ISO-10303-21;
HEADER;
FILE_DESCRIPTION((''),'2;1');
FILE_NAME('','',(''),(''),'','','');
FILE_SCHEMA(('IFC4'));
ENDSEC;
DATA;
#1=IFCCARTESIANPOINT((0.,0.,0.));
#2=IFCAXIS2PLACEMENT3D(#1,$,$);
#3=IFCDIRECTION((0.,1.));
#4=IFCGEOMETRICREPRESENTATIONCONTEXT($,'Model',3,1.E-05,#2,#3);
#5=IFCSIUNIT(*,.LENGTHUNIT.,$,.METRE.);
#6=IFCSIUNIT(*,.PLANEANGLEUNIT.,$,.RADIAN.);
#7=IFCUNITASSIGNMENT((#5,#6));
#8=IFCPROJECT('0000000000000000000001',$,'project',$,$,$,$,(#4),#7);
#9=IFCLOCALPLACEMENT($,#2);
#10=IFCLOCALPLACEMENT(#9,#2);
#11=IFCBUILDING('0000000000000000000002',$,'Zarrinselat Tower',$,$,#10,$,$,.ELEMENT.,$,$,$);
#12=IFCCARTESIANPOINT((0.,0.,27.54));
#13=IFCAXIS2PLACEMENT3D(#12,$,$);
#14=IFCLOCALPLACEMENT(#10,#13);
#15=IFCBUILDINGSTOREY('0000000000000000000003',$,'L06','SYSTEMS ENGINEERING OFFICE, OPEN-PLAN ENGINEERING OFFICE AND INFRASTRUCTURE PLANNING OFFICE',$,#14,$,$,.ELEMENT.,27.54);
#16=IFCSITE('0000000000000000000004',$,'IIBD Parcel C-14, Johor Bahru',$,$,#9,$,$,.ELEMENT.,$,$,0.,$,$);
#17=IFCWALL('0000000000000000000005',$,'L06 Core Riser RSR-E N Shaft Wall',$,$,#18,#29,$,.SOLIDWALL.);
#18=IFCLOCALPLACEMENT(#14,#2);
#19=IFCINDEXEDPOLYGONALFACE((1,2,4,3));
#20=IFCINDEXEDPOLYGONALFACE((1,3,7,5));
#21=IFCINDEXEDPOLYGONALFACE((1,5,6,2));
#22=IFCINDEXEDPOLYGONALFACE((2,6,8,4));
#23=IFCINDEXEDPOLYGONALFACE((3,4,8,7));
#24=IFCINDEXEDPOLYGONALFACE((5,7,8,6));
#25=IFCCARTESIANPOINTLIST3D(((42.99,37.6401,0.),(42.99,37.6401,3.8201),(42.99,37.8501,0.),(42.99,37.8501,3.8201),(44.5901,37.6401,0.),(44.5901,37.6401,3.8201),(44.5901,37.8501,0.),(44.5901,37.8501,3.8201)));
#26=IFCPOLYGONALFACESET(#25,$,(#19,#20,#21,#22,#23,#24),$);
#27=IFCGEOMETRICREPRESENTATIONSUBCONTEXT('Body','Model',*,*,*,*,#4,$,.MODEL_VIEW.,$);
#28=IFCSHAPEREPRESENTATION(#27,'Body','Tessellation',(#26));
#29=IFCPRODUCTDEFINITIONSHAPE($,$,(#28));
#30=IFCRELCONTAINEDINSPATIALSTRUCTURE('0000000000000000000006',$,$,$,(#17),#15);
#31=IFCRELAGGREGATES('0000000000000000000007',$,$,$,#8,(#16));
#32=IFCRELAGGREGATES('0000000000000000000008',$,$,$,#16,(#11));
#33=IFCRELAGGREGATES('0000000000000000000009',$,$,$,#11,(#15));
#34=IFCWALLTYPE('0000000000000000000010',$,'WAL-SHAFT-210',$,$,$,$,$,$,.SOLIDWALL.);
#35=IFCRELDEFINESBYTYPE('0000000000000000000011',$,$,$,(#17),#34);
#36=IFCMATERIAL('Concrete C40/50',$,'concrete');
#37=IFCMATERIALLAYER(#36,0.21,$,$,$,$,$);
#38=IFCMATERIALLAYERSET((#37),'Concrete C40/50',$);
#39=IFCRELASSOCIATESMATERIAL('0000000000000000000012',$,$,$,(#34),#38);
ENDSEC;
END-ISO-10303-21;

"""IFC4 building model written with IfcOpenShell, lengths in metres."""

from ifc_helpers import new_model, si_unit, direction, frame, frame_2d, origin, place, context, subcontext, project, spatial, rectangle, extrude, material, layer, layer_set, type_object, element, save


model = new_model("IFC4")

# Units and contexts
model_context = context("Model", 3, precision=1e-05, world=origin(), true_north=direction((0.0, 1.0)))
body_context = subcontext(model_context, "Body", "Model", "MODEL_VIEW")
ifc_project = project(units=[si_unit("LENGTHUNIT", "METRE"), si_unit("PLANEANGLEUNIT", "RADIAN")], contexts=[model_context])

# Site, building, storey
site_placement = place(None, origin())
site = spatial("IfcSite", under=ifc_project, at=site_placement, Name="IIBD Parcel C-14, Johor Bahru", CompositionType="ELEMENT", RefElevation=0.0)
building_placement = place(site_placement, origin())
building = spatial("IfcBuilding", under=site, at=building_placement, Name="Zarrinselat Tower", CompositionType="ELEMENT")
storey_placement = place(building_placement, frame((0.0, 0.0, 27.54)))
storey = spatial("IfcBuildingStorey", under=building, at=storey_placement, Name="L06", Description="SYSTEMS ENGINEERING OFFICE, OPEN-PLAN ENGINEERING OFFICE AND INFRASTRUCTURE PLANNING OFFICE", CompositionType="ELEMENT", Elevation=27.54)

# Shared definitions
ifc_material_1 = material(Name="Concrete C40/50", Category="concrete")
ifc_layer_1 = layer(ifc_material_1, 0.21)
ifc_layer_set_1 = layer_set([ifc_layer_1], Name="Concrete C40/50")
wall_type_1 = type_object("IfcWallType", Name="WAL-SHAFT-210", PredefinedType="SOLIDWALL", material=ifc_layer_set_1)

# Wall
wall_1_placement = place(storey_placement, frame((42.99, 37.7451, 0.0), z_axis=(0.0, 0.0, 1.0), x_axis=(1.0, 0.0, 0.0)))
element("IfcWall", 1, at=wall_1_placement, inside=storey, type_object=wall_type_1, Name="L06 Core Riser RSR-E N Shaft Wall", PredefinedType="SOLIDWALL", context=body_context, shape_type="SweptSolid", body=[
    extrude(rectangle(XDim=1.6001, YDim=0.21, at=frame_2d((0.8, 0.0))), origin(), (0.0, 0.0, 1.0), 3.8201),
])

save(model, "model.ifc")
